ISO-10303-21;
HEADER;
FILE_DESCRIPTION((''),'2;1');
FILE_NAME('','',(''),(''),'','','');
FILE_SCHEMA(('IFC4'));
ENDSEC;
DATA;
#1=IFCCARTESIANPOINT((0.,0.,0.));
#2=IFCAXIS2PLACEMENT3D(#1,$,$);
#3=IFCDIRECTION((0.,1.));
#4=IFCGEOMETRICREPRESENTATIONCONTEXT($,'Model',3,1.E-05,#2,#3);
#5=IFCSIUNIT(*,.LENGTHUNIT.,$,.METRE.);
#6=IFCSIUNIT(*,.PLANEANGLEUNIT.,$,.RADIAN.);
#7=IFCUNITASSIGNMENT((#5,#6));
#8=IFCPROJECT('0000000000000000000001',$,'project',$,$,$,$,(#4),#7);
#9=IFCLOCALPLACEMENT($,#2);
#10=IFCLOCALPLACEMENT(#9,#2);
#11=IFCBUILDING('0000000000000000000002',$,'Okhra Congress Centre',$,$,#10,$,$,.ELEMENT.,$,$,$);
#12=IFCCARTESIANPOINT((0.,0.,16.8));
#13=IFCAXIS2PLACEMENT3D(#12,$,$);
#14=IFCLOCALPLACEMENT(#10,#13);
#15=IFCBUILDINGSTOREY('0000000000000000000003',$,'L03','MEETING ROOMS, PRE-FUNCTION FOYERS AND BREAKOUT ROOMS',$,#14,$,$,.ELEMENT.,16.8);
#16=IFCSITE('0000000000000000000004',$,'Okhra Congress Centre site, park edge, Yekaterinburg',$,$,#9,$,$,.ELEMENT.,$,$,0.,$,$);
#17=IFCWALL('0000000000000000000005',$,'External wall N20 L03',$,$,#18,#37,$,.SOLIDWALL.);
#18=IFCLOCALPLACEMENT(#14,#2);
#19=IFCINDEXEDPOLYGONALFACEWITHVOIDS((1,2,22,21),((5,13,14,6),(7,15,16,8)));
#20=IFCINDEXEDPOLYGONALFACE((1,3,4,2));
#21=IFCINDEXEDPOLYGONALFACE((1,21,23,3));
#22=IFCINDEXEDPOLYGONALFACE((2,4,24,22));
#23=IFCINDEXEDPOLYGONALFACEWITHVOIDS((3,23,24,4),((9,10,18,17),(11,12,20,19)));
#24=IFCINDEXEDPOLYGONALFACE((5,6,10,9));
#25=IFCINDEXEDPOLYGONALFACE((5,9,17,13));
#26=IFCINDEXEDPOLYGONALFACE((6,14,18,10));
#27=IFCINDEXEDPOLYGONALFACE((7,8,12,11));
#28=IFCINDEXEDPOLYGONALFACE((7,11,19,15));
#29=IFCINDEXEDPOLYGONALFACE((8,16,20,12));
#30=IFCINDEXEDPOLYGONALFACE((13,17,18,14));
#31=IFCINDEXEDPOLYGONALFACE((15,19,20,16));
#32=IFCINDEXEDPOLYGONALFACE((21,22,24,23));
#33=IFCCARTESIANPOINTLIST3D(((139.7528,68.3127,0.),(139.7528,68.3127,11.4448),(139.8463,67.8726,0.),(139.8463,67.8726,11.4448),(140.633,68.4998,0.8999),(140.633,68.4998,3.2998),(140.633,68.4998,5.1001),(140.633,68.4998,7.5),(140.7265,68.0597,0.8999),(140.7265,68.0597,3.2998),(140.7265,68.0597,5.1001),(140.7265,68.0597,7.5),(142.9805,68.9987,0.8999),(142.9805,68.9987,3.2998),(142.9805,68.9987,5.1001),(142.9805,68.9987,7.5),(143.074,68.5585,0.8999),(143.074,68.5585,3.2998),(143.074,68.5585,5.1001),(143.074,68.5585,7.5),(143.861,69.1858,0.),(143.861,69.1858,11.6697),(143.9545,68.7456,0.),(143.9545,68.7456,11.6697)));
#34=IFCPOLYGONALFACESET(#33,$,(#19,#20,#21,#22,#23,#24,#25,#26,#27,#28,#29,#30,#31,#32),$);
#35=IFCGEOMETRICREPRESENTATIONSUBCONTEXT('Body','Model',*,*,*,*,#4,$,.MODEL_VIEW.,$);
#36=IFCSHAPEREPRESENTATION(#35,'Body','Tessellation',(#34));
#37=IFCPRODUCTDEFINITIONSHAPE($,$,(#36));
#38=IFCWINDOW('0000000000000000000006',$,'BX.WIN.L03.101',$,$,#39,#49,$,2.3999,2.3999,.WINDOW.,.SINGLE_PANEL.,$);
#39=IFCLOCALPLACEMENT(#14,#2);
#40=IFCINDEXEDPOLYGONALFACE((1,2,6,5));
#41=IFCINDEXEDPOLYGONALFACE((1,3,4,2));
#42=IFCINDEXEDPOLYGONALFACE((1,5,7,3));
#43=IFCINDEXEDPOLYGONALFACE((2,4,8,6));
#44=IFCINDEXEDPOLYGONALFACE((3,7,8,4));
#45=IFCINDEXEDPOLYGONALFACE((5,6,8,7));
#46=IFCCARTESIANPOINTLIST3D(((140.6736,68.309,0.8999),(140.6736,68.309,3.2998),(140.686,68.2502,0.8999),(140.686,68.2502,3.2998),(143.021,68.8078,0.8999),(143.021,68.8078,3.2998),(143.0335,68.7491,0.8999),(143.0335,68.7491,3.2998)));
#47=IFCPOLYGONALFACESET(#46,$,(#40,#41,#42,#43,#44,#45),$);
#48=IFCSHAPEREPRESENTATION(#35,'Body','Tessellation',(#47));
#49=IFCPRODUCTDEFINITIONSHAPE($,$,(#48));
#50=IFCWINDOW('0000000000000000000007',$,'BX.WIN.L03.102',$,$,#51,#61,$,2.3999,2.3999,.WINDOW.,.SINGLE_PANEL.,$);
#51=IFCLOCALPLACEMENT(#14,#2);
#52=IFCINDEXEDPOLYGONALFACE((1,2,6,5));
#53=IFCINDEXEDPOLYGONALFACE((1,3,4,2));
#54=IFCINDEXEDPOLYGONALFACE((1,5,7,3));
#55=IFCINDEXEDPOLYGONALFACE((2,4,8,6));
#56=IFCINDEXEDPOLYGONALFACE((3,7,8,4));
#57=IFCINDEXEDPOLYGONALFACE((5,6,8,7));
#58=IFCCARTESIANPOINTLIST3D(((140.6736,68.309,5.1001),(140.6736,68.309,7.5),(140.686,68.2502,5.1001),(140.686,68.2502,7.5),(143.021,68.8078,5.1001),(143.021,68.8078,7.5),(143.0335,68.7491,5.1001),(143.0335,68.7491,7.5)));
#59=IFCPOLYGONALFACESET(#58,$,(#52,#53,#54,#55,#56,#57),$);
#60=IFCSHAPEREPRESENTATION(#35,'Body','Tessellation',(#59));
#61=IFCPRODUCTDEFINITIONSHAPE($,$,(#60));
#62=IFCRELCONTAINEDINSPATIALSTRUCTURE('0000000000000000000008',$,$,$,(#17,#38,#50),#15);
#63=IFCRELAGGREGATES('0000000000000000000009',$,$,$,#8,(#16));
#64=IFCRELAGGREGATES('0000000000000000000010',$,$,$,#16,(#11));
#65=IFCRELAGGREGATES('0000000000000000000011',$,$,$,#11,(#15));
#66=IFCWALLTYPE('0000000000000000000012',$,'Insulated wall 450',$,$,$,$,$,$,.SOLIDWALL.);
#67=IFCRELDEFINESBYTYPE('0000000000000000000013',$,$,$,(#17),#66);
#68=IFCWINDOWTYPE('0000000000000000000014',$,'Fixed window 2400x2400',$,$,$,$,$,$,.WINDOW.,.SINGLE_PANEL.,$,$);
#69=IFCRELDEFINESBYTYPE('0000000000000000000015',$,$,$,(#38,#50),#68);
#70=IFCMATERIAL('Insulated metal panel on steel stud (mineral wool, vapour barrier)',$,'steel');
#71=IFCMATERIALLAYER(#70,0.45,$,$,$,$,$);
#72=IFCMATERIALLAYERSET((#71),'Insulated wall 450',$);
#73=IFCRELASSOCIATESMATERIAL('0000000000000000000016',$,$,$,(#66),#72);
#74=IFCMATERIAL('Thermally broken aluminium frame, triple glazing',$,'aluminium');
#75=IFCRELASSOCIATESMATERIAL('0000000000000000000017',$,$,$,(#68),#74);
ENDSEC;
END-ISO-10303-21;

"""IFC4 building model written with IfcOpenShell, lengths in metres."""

from ifc_helpers import new_model, si_unit, direction, frame, frame_2d, origin, place, context, subcontext, project, spatial, polyline, rectangle, outline, extrude, material, layer, layer_set, type_object, element, fill, save


model = new_model("IFC4")

# Units and contexts
model_context = context("Model", 3, precision=1e-05, world=origin(), true_north=direction((0.0, 1.0)))
body_context = subcontext(model_context, "Body", "Model", "MODEL_VIEW")
ifc_project = project(units=[si_unit("LENGTHUNIT", "METRE"), si_unit("PLANEANGLEUNIT", "RADIAN")], contexts=[model_context])

# Site, building, storey
site_placement = place(None, origin())
site = spatial("IfcSite", under=ifc_project, at=site_placement, Name="Okhra Congress Centre site, park edge, Yekaterinburg", CompositionType="ELEMENT", RefElevation=0.0)
building_placement = place(site_placement, origin())
building = spatial("IfcBuilding", under=site, at=building_placement, Name="Okhra Congress Centre", CompositionType="ELEMENT")
storey_placement = place(building_placement, frame((0.0, 0.0, 16.8)))
storey = spatial("IfcBuildingStorey", under=building, at=storey_placement, Name="L03", Description="MEETING ROOMS, PRE-FUNCTION FOYERS AND BREAKOUT ROOMS", CompositionType="ELEMENT", Elevation=16.8)

# Wall, openings, windows
ifc_material_1 = material(Name="Insulated metal panel on steel stud (mineral wool, vapour barrier)", Category="steel")
ifc_layer_1 = layer(ifc_material_1, 0.45)
ifc_layer_set_1 = layer_set([ifc_layer_1], Name="Insulated wall 450")
wall_type_1 = type_object("IfcWallType", Name="Insulated wall 450", PredefinedType="SOLIDWALL", material=ifc_layer_set_1)
wall_1_placement = place(storey_placement, frame((139.7996, 68.0925, 0.0), z_axis=(0.0, 0.0, 1.0), x_axis=(0.978156, 0.207873, 0.0)))
wall_1 = element("IfcWall", 1, at=wall_1_placement, inside=storey, type_object=wall_type_1, Name="External wall N20 L03", PredefinedType="SOLIDWALL", context=body_context, shape_type="SweptSolid", body=[
    extrude(outline(polyline([(0.0, 0.0), (4.2, 0.0), (4.2, 11.6697), (0.0, 11.4448), (0.0, 0.0)])), frame((0.0, 0.2251, 0.0), z_axis=(0.0, -1.0, 0.0), x_axis=(1.0, 0.0, 0.0)), (0.0, 0.0, 1.0), 0.45),
])
opening_1_placement = place(wall_1_placement, frame((0.8999, 0.0, 0.8999)))
opening_1 = element("IfcOpeningElement", 2, at=opening_1_placement, cuts=wall_1, PredefinedType="OPENING", context=body_context, shape_type="SweptSolid", body=[
    extrude(rectangle(XDim=2.3999, YDim=2.3999, at=frame_2d((1.2, 1.2))), frame((0.0, 0.2349, 0.0), z_axis=(0.0, -1.0, 0.0), x_axis=(1.0, 0.0, 0.0)), (0.0, 0.0, 1.0), 0.47),
])
opening_2_placement = place(wall_1_placement, frame((0.8999, 0.0, 5.1001)))
opening_2 = element("IfcOpeningElement", 3, at=opening_2_placement, cuts=wall_1, PredefinedType="OPENING", context=body_context, shape_type="SweptSolid", body=[
    extrude(rectangle(XDim=2.3999, YDim=2.3999, at=frame_2d((1.2, 1.2))), frame((0.0, 0.2349, 0.0), z_axis=(0.0, -1.0, 0.0), x_axis=(1.0, 0.0, 0.0)), (0.0, 0.0, 1.0), 0.47),
])
ifc_material_2 = material(Name="Thermally broken aluminium frame, triple glazing", Category="aluminium")
window_type = type_object("IfcWindowType", Name="Fixed window 2400x2400", PartitioningType="SINGLE_PANEL", PredefinedType="WINDOW", material=ifc_material_2)
window_1_placement = place(opening_1_placement, origin())
window_1 = element("IfcWindow", 4, at=window_1_placement, inside=storey, type_object=window_type, Name="BX.WIN.L03.101", OverallHeight=2.3999, OverallWidth=2.3999, PartitioningType="SINGLE_PANEL", PredefinedType="WINDOW", context=body_context, shape_type="SweptSolid", body=[
    extrude(rectangle(XDim=2.3999, YDim=2.3999, at=frame_2d((1.2, 1.2))), frame((0.0, 0.03, 0.0), z_axis=(0.0, -1.0, 0.0), x_axis=(1.0, 0.0, 0.0)), (0.0, 0.0, 1.0), 0.0601),
])
fill(opening_1, window_1)
window_2_placement = place(opening_2_placement, origin())
window_2 = element("IfcWindow", 5, at=window_2_placement, inside=storey, type_object=window_type, Name="BX.WIN.L03.102", OverallHeight=2.3999, OverallWidth=2.3999, PartitioningType="SINGLE_PANEL", PredefinedType="WINDOW", context=body_context, shape_type="SweptSolid", body=[
    extrude(rectangle(XDim=2.3999, YDim=2.3999, at=frame_2d((1.2, 1.2))), frame((0.0, 0.03, 0.0), z_axis=(0.0, -1.0, 0.0), x_axis=(1.0, 0.0, 0.0)), (0.0, 0.0, 1.0), 0.0601),
])
fill(opening_2, window_2)

save(model, "model.ifc")
